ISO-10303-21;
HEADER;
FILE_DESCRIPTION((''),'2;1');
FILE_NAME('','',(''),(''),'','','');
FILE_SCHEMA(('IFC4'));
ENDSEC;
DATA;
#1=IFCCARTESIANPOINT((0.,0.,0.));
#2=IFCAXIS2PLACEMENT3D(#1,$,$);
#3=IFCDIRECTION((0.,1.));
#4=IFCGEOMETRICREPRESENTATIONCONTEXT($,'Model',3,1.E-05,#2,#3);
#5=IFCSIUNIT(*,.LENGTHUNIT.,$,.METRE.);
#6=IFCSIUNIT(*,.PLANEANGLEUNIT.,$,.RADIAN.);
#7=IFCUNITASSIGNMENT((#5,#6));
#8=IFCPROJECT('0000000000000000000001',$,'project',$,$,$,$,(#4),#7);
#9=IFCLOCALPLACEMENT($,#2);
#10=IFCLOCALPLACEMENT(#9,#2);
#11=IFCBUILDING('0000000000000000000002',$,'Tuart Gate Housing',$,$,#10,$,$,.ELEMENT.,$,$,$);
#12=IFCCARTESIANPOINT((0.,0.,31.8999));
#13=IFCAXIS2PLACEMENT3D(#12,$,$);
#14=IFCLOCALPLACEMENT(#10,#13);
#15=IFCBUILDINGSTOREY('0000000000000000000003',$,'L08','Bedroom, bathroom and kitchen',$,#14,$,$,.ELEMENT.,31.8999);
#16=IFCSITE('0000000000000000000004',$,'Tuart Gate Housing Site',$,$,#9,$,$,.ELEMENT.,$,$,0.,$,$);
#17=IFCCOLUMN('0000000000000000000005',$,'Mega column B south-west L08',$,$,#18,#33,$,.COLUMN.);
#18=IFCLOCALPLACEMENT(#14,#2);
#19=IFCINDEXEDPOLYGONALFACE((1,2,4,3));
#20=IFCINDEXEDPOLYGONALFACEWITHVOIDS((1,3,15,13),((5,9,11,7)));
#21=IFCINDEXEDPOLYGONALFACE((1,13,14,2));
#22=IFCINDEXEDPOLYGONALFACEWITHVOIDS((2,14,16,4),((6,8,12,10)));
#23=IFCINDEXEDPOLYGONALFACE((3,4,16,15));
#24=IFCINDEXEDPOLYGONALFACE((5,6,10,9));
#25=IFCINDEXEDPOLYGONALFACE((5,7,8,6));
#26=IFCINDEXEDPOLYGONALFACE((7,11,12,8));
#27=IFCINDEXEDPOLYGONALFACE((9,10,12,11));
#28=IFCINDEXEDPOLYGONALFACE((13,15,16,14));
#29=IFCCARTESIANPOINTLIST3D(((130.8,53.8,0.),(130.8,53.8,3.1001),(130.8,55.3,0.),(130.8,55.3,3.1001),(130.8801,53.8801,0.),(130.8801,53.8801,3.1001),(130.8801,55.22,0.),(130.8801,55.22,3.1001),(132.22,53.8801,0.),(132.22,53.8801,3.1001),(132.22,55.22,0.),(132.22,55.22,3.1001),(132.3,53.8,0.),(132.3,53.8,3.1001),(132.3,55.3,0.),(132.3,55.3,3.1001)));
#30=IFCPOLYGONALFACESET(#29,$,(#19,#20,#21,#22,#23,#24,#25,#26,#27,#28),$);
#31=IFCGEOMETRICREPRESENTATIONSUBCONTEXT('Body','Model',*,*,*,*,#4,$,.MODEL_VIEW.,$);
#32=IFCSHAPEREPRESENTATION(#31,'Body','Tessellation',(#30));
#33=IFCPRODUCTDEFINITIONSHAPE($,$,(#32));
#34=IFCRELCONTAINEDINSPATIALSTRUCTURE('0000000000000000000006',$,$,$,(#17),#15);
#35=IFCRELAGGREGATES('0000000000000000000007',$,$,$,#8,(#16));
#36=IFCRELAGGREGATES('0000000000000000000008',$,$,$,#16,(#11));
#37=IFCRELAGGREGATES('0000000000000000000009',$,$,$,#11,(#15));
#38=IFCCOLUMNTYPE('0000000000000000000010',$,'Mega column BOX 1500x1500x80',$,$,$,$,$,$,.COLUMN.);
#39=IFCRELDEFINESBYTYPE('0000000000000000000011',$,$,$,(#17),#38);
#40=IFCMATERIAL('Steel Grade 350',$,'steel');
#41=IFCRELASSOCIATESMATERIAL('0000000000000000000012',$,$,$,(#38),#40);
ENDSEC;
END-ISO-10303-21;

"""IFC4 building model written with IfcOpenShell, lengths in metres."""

from ifc_helpers import new_model, si_unit, direction, frame, origin, origin_2d, place, context, subcontext, project, spatial, hollow_rectangle, extrude, material, material_profile, profile_set, type_object, element, save


model = new_model("IFC4")

# Units and contexts
model_context = context("Model", 3, precision=1e-05, world=origin(), true_north=direction((0.0, 1.0)))
body_context = subcontext(model_context, "Body", "Model", "MODEL_VIEW")
ifc_project = project(units=[si_unit("LENGTHUNIT", "METRE"), si_unit("PLANEANGLEUNIT", "RADIAN")], contexts=[model_context])

# Site, building, storey
site_placement = place(None, origin())
site = spatial("IfcSite", under=ifc_project, at=site_placement, Name="Tuart Gate Housing Site", CompositionType="ELEMENT", RefElevation=0.0)
building_placement = place(site_placement, origin())
building = spatial("IfcBuilding", under=site, at=building_placement, Name="Tuart Gate Housing", CompositionType="ELEMENT")
storey_placement = place(building_placement, frame((0.0, 0.0, 31.8999)))
storey = spatial("IfcBuildingStorey", under=building, at=storey_placement, Name="L08", Description="Bedroom, bathroom and kitchen", CompositionType="ELEMENT", Elevation=31.8999)

# Column
ifc_material_1 = material(Name="Steel Grade 350", Category="steel")
ifc_material_profile = material_profile(ifc_material_1, hollow_rectangle(XDim=1.5, YDim=1.5, WallThickness=0.0801, at=origin_2d()), Name="BOX 1500x1500x80")
ifc_profile_set = profile_set([ifc_material_profile], Name="Steel Grade 350")
column_type = type_object("IfcColumnType", Name="Mega column BOX 1500x1500x80", PredefinedType="COLUMN", material=ifc_profile_set)
column_placement = place(storey_placement, frame((131.55, 54.55, 0.0), z_axis=(0.0, 0.0, 1.0), x_axis=(1.0, 0.0, 0.0)))
element("IfcColumn", 1, at=column_placement, inside=storey, type_object=column_type, Name="Mega column B south-west L08", PredefinedType="COLUMN", context=body_context, shape_type="SweptSolid", body=[
    extrude(hollow_rectangle(XDim=1.5, YDim=1.5, WallThickness=0.0801, at=origin_2d()), origin(), (0.0, 0.0, 1.0), 3.1001),
])

save(model, "model.ifc")
